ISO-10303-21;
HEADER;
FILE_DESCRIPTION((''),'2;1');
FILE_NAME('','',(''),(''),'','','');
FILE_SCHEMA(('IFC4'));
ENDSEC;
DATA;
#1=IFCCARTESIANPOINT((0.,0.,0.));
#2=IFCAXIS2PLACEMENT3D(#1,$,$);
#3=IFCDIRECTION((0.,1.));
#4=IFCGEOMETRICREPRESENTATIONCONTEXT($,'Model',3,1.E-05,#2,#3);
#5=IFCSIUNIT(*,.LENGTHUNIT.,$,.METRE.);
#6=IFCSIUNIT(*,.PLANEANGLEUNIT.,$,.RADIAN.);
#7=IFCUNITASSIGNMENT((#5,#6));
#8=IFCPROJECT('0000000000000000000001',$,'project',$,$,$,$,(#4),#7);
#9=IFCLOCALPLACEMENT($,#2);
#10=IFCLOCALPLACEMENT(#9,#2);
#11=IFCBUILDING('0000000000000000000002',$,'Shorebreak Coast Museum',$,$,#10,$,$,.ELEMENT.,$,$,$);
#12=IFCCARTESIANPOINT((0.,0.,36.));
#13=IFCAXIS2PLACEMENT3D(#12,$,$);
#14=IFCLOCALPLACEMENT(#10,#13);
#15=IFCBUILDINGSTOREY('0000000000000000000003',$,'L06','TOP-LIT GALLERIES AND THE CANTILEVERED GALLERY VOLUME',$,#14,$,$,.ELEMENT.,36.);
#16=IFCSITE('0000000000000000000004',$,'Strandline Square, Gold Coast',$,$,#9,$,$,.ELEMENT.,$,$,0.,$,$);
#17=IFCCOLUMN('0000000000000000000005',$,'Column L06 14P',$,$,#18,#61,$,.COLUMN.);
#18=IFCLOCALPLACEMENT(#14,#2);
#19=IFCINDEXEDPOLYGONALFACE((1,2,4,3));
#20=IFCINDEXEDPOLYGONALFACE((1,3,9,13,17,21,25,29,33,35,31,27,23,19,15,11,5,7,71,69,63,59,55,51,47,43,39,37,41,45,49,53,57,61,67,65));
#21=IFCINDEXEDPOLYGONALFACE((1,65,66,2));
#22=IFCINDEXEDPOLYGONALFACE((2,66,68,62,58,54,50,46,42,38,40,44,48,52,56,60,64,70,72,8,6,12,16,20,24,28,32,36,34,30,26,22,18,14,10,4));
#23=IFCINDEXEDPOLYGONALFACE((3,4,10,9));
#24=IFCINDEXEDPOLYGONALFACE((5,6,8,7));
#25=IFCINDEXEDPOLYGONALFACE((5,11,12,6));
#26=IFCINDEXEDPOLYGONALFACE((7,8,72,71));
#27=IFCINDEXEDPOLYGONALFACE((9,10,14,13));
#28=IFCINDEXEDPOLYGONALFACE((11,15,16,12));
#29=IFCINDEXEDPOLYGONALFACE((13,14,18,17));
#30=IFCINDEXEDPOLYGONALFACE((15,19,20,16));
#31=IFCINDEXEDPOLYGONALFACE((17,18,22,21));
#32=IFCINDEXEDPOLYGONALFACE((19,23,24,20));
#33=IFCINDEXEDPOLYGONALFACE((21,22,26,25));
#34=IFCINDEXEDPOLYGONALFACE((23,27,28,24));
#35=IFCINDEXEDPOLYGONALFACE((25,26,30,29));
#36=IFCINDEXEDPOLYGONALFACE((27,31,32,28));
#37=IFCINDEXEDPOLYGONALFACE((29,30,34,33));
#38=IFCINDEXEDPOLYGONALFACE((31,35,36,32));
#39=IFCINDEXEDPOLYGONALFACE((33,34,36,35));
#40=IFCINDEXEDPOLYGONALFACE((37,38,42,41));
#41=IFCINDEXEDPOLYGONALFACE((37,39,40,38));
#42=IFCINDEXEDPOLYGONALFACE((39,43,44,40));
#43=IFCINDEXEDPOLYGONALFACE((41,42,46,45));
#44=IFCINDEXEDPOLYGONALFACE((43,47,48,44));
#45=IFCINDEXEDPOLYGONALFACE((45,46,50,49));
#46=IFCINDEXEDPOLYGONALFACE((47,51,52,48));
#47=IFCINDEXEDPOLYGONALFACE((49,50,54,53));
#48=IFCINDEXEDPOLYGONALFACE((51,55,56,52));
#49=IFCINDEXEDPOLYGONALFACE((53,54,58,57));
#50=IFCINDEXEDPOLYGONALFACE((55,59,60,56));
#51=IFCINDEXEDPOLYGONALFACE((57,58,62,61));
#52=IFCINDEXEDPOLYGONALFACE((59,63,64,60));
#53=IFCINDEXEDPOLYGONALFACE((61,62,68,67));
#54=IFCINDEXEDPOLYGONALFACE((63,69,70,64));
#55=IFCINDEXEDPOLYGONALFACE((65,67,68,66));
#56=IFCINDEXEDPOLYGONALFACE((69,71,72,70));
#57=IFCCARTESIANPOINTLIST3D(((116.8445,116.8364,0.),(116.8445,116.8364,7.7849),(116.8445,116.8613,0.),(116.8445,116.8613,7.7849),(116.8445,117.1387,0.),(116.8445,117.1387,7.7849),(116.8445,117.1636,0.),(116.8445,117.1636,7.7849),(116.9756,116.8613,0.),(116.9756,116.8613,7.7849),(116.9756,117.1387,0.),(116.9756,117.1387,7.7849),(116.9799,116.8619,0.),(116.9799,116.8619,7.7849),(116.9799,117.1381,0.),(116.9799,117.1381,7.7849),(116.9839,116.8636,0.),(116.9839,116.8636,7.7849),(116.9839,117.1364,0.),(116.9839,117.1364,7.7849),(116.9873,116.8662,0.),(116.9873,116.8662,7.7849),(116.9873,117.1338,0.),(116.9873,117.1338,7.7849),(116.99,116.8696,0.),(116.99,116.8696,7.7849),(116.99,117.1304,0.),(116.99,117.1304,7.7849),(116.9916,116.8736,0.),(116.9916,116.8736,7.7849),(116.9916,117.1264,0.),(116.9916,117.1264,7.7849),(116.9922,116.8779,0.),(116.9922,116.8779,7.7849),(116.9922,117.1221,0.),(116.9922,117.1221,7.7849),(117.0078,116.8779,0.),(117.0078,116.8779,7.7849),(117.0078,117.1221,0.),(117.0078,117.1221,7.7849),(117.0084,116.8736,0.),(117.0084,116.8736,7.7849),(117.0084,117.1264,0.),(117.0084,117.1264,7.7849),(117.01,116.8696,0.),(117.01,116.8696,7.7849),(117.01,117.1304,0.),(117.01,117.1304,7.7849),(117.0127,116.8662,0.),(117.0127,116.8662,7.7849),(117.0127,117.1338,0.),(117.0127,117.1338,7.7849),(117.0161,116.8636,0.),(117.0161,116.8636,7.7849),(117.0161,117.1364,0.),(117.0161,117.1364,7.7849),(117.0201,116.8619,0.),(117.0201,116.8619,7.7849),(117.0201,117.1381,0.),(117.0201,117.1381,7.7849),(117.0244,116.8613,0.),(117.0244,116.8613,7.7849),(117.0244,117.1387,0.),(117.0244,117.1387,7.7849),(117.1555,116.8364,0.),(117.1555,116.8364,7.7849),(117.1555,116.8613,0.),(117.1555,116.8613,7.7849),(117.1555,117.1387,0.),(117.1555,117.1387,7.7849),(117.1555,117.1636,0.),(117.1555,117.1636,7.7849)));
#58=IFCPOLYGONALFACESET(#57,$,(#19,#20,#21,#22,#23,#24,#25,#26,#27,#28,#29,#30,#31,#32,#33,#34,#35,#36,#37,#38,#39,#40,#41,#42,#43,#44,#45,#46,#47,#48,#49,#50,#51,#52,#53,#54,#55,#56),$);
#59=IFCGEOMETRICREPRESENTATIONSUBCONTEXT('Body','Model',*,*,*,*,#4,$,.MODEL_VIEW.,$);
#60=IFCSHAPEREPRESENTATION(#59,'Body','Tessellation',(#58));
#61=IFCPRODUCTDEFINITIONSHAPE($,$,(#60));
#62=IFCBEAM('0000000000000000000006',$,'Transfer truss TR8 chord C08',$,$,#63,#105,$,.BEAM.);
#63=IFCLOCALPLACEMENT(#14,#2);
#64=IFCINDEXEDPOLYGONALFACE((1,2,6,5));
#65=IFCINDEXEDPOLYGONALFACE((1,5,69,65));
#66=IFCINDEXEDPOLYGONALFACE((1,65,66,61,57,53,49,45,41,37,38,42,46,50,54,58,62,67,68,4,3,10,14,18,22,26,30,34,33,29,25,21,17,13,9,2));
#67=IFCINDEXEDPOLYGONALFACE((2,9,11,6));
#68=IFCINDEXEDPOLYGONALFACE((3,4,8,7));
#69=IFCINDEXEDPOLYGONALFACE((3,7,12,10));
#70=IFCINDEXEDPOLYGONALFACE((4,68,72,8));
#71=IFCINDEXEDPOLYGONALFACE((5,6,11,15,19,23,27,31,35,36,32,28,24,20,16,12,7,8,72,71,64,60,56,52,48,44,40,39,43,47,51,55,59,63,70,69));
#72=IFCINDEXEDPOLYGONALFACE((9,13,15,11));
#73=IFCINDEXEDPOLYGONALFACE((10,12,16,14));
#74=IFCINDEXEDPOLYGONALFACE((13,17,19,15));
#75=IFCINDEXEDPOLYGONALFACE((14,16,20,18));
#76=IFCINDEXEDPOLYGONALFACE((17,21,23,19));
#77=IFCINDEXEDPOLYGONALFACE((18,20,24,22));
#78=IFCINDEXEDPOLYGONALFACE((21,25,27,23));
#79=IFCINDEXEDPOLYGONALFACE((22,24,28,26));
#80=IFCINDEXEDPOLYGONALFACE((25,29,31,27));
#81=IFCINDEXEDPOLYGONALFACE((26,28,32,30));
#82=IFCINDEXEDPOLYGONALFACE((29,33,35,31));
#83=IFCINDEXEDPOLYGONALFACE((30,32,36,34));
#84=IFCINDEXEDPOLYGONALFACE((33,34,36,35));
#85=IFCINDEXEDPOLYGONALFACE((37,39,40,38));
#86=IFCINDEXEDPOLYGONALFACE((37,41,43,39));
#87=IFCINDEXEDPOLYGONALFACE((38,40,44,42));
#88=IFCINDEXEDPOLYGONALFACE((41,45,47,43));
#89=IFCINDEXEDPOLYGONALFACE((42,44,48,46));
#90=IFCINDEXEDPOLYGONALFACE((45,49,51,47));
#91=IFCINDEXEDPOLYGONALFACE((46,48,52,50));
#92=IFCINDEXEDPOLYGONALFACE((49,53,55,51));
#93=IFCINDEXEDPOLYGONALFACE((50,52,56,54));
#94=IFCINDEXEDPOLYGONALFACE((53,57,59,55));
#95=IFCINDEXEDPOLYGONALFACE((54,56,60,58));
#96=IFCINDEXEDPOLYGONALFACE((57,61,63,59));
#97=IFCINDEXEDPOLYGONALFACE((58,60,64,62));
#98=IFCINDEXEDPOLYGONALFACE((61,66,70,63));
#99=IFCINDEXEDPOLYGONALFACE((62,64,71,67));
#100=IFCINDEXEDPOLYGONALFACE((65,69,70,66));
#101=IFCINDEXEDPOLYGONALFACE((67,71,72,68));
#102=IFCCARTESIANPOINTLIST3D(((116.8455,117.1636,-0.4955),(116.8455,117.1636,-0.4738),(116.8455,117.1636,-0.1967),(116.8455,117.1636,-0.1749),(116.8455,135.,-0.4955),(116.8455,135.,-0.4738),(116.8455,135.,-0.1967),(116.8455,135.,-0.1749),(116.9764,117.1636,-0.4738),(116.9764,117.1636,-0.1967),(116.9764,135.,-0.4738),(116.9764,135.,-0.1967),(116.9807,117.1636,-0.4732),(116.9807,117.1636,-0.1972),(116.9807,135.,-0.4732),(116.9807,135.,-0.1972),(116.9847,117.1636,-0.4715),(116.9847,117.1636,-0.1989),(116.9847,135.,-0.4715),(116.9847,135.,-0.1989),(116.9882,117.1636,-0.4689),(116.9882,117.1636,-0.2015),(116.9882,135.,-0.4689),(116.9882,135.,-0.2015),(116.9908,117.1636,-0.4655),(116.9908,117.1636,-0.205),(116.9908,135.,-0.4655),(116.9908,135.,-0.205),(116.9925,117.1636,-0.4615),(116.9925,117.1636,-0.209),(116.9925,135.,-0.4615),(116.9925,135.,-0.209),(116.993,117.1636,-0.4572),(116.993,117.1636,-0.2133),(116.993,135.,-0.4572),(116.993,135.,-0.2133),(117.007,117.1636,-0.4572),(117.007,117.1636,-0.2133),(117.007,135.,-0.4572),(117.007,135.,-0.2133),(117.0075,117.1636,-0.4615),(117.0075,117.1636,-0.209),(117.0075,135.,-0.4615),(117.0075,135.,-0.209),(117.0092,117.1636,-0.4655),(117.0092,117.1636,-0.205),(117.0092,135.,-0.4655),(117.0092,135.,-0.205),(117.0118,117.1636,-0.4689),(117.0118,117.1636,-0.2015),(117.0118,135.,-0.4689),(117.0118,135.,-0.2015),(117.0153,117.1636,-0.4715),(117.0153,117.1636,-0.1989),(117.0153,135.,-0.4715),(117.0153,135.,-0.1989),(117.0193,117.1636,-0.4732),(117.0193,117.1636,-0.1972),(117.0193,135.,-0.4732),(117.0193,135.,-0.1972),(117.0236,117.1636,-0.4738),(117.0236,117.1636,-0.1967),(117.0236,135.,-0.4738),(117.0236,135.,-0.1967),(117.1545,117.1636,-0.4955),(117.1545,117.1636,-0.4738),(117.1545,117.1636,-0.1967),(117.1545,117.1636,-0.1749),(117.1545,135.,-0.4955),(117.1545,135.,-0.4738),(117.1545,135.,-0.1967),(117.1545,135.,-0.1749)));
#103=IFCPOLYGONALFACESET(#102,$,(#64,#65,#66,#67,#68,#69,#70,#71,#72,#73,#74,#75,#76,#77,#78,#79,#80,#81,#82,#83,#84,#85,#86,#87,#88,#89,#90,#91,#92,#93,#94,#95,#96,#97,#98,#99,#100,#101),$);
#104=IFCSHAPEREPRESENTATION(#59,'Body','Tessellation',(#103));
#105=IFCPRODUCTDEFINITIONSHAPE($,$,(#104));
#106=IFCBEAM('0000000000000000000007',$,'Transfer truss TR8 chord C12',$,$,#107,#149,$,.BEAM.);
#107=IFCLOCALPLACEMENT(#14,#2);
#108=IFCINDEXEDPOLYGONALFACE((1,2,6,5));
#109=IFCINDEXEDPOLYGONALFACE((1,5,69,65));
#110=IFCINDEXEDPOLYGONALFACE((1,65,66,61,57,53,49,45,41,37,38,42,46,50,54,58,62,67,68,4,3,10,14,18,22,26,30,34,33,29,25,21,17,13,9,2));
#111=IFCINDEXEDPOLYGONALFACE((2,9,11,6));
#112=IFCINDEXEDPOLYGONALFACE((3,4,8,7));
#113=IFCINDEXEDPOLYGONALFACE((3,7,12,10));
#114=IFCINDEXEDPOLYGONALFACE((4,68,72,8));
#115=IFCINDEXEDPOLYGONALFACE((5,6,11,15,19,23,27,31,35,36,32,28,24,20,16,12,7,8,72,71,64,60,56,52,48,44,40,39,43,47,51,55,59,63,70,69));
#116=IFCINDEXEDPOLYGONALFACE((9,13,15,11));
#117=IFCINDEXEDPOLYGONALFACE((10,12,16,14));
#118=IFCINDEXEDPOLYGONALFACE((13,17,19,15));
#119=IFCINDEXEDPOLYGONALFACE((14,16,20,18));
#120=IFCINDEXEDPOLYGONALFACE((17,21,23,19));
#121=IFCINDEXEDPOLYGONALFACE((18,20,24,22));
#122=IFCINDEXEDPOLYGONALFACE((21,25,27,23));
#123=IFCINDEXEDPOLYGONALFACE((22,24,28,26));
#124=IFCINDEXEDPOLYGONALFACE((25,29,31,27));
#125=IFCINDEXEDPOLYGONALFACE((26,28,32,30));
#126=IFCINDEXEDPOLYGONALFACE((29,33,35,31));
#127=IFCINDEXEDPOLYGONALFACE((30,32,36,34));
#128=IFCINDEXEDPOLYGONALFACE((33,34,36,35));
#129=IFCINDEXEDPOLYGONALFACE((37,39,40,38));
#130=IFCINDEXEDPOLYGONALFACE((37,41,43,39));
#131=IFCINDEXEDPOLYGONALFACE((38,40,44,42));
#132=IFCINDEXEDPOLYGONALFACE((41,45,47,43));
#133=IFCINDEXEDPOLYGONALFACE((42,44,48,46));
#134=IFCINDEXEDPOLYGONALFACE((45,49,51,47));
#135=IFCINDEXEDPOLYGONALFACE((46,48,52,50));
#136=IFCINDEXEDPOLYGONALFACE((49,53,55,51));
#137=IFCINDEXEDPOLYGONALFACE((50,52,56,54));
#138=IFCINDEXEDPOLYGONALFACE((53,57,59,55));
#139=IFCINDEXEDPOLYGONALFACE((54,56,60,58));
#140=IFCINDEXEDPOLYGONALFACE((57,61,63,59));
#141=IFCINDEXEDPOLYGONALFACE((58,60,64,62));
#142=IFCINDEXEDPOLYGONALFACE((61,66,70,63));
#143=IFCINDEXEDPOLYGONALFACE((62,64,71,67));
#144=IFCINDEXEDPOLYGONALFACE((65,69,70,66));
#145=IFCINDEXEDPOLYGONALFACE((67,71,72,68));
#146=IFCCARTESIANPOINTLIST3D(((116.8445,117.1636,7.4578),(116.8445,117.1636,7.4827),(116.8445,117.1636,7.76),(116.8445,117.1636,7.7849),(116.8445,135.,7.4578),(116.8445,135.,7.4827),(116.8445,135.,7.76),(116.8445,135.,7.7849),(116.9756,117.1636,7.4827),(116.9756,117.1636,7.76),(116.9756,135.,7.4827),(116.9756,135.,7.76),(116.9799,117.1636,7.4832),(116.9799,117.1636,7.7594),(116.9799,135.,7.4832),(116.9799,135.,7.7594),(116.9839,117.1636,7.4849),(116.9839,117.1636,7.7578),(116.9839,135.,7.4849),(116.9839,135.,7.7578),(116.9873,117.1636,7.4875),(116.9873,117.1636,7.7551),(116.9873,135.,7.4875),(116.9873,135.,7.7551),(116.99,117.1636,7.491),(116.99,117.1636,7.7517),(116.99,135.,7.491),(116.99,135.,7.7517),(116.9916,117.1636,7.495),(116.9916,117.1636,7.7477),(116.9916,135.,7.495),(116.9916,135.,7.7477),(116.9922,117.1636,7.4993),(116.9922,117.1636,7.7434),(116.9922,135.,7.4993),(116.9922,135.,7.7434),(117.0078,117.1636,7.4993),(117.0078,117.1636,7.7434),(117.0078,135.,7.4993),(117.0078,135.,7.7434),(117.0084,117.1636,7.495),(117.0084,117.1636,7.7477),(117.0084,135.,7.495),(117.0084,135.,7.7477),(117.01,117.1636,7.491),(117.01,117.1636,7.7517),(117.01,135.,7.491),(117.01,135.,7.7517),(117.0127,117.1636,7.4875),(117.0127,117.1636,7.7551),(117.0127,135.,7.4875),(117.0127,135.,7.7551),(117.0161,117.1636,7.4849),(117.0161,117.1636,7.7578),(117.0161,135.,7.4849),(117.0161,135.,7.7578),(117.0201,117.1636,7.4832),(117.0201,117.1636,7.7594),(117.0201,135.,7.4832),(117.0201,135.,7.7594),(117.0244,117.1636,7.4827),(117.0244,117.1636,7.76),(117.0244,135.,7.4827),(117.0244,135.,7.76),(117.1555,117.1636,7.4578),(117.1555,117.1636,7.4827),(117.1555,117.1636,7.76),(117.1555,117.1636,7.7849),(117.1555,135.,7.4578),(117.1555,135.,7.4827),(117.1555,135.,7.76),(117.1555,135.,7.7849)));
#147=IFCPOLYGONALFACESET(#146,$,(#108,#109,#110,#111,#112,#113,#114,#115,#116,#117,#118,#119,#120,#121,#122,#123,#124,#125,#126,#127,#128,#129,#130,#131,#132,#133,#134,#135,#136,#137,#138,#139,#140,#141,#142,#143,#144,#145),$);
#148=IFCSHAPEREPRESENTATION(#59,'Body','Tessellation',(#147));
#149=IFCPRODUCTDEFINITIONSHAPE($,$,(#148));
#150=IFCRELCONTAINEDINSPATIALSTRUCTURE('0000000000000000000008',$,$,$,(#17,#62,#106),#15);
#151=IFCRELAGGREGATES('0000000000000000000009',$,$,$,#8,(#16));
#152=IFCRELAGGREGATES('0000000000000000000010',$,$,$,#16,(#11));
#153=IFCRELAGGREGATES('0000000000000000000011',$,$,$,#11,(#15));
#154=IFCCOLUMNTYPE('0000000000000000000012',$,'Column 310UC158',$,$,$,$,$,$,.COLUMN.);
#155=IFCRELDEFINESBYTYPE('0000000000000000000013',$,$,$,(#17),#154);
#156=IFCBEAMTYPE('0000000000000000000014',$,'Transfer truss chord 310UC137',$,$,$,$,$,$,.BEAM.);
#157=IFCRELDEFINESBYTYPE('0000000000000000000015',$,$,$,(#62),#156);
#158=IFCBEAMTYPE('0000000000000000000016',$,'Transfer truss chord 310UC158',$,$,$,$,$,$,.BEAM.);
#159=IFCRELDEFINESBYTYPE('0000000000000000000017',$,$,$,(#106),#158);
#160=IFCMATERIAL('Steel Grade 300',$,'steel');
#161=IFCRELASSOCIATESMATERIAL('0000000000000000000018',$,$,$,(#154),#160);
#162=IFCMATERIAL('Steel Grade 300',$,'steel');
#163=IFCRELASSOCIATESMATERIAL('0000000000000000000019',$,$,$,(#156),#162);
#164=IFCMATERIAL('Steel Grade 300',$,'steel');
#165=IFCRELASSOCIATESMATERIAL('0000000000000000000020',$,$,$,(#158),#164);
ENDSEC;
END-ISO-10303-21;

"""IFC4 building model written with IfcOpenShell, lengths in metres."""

from ifc_helpers import new_model, si_unit, direction, frame, origin, origin_2d, place, context, subcontext, project, spatial, i_section, extrude, material, material_profile, profile_set, type_object, element, save


model = new_model("IFC4")

# Units and contexts
model_context = context("Model", 3, precision=1e-05, world=origin(), true_north=direction((0.0, 1.0)))
body_context = subcontext(model_context, "Body", "Model", "MODEL_VIEW")
ifc_project = project(units=[si_unit("LENGTHUNIT", "METRE"), si_unit("PLANEANGLEUNIT", "RADIAN")], contexts=[model_context])

# Site, building, storey
site_placement = place(None, origin())
site = spatial("IfcSite", under=ifc_project, at=site_placement, Name="Strandline Square, Gold Coast", CompositionType="ELEMENT", RefElevation=0.0)
building_placement = place(site_placement, origin())
building = spatial("IfcBuilding", under=site, at=building_placement, Name="Shorebreak Coast Museum", CompositionType="ELEMENT")
storey_placement = place(building_placement, frame((0.0, 0.0, 36.0)))
storey = spatial("IfcBuildingStorey", under=building, at=storey_placement, Name="L06", Description="TOP-LIT GALLERIES AND THE CANTILEVERED GALLERY VOLUME", CompositionType="ELEMENT", Elevation=36.0)

# Column
ifc_material_1 = material(Name="Steel Grade 300", Category="steel")
ifc_material_profile_1 = material_profile(ifc_material_1, i_section(OverallWidth=0.311, OverallDepth=0.3271, WebThickness=0.0156, FlangeThickness=0.0249, FilletRadius=0.0166, at=origin_2d()), Name="310UC158")
ifc_profile_set_1 = profile_set([ifc_material_profile_1], Name="Steel Grade 300")
column_type = type_object("IfcColumnType", Name="Column 310UC158", PredefinedType="COLUMN", material=ifc_profile_set_1)
column_placement = place(storey_placement, frame((117.0, 117.0, 0.0), z_axis=(0.0, 0.0, 1.0), x_axis=(1.0, 0.0, 0.0)))
element("IfcColumn", 1, at=column_placement, inside=storey, type_object=column_type, Name="Column L06 14P", PredefinedType="COLUMN", context=body_context, shape_type="SweptSolid", body=[
    extrude(i_section(OverallWidth=0.311, OverallDepth=0.3271, WebThickness=0.0156, FlangeThickness=0.0249, FilletRadius=0.0166, at=origin_2d()), origin(), (0.0, 0.0, 1.0), 7.7849),
])

# Beams
ifc_material_2 = material(Name="Steel Grade 300", Category="steel")
ifc_material_profile_2 = material_profile(ifc_material_2, i_section(OverallWidth=0.3091, OverallDepth=0.3206, WebThickness=0.0139, FlangeThickness=0.0217, FilletRadius=0.0166, at=origin_2d()), Name="310UC137")
ifc_profile_set_2 = profile_set([ifc_material_profile_2], Name="Steel Grade 300")
beam_type_1 = type_object("IfcBeamType", Name="Transfer truss chord 310UC137", PredefinedType="BEAM", material=ifc_profile_set_2)
beam_1_placement = place(storey_placement, frame((117.0, 117.1636, -0.3352), z_axis=(0.0, 1.0, 0.0), x_axis=(-1.0, 0.0, 0.0)))
element("IfcBeam", 2, at=beam_1_placement, inside=storey, type_object=beam_type_1, Name="Transfer truss TR8 chord C08", PredefinedType="BEAM", context=body_context, shape_type="SweptSolid", body=[
    extrude(i_section(OverallWidth=0.3091, OverallDepth=0.3206, WebThickness=0.0139, FlangeThickness=0.0217, FilletRadius=0.0166, at=origin_2d()), origin(), (0.0, 0.0, 1.0), 17.8364),
])
ifc_material_3 = material(Name="Steel Grade 300", Category="steel")
ifc_material_profile_3 = material_profile(ifc_material_3, i_section(OverallWidth=0.311, OverallDepth=0.3271, WebThickness=0.0156, FlangeThickness=0.0249, FilletRadius=0.0166, at=origin_2d()), Name="310UC158")
ifc_profile_set_3 = profile_set([ifc_material_profile_3], Name="Steel Grade 300")
beam_type_2 = type_object("IfcBeamType", Name="Transfer truss chord 310UC158", PredefinedType="BEAM", material=ifc_profile_set_3)
beam_2_placement = place(storey_placement, frame((117.0, 117.1636, 7.6213), z_axis=(0.0, 1.0, 0.0), x_axis=(-1.0, 0.0, 0.0)))
element("IfcBeam", 3, at=beam_2_placement, inside=storey, type_object=beam_type_2, Name="Transfer truss TR8 chord C12", PredefinedType="BEAM", context=body_context, shape_type="SweptSolid", body=[
    extrude(i_section(OverallWidth=0.311, OverallDepth=0.3271, WebThickness=0.0156, FlangeThickness=0.0249, FilletRadius=0.0166, at=origin_2d()), origin(), (0.0, 0.0, 1.0), 17.8364),
])

save(model, "model.ifc")
